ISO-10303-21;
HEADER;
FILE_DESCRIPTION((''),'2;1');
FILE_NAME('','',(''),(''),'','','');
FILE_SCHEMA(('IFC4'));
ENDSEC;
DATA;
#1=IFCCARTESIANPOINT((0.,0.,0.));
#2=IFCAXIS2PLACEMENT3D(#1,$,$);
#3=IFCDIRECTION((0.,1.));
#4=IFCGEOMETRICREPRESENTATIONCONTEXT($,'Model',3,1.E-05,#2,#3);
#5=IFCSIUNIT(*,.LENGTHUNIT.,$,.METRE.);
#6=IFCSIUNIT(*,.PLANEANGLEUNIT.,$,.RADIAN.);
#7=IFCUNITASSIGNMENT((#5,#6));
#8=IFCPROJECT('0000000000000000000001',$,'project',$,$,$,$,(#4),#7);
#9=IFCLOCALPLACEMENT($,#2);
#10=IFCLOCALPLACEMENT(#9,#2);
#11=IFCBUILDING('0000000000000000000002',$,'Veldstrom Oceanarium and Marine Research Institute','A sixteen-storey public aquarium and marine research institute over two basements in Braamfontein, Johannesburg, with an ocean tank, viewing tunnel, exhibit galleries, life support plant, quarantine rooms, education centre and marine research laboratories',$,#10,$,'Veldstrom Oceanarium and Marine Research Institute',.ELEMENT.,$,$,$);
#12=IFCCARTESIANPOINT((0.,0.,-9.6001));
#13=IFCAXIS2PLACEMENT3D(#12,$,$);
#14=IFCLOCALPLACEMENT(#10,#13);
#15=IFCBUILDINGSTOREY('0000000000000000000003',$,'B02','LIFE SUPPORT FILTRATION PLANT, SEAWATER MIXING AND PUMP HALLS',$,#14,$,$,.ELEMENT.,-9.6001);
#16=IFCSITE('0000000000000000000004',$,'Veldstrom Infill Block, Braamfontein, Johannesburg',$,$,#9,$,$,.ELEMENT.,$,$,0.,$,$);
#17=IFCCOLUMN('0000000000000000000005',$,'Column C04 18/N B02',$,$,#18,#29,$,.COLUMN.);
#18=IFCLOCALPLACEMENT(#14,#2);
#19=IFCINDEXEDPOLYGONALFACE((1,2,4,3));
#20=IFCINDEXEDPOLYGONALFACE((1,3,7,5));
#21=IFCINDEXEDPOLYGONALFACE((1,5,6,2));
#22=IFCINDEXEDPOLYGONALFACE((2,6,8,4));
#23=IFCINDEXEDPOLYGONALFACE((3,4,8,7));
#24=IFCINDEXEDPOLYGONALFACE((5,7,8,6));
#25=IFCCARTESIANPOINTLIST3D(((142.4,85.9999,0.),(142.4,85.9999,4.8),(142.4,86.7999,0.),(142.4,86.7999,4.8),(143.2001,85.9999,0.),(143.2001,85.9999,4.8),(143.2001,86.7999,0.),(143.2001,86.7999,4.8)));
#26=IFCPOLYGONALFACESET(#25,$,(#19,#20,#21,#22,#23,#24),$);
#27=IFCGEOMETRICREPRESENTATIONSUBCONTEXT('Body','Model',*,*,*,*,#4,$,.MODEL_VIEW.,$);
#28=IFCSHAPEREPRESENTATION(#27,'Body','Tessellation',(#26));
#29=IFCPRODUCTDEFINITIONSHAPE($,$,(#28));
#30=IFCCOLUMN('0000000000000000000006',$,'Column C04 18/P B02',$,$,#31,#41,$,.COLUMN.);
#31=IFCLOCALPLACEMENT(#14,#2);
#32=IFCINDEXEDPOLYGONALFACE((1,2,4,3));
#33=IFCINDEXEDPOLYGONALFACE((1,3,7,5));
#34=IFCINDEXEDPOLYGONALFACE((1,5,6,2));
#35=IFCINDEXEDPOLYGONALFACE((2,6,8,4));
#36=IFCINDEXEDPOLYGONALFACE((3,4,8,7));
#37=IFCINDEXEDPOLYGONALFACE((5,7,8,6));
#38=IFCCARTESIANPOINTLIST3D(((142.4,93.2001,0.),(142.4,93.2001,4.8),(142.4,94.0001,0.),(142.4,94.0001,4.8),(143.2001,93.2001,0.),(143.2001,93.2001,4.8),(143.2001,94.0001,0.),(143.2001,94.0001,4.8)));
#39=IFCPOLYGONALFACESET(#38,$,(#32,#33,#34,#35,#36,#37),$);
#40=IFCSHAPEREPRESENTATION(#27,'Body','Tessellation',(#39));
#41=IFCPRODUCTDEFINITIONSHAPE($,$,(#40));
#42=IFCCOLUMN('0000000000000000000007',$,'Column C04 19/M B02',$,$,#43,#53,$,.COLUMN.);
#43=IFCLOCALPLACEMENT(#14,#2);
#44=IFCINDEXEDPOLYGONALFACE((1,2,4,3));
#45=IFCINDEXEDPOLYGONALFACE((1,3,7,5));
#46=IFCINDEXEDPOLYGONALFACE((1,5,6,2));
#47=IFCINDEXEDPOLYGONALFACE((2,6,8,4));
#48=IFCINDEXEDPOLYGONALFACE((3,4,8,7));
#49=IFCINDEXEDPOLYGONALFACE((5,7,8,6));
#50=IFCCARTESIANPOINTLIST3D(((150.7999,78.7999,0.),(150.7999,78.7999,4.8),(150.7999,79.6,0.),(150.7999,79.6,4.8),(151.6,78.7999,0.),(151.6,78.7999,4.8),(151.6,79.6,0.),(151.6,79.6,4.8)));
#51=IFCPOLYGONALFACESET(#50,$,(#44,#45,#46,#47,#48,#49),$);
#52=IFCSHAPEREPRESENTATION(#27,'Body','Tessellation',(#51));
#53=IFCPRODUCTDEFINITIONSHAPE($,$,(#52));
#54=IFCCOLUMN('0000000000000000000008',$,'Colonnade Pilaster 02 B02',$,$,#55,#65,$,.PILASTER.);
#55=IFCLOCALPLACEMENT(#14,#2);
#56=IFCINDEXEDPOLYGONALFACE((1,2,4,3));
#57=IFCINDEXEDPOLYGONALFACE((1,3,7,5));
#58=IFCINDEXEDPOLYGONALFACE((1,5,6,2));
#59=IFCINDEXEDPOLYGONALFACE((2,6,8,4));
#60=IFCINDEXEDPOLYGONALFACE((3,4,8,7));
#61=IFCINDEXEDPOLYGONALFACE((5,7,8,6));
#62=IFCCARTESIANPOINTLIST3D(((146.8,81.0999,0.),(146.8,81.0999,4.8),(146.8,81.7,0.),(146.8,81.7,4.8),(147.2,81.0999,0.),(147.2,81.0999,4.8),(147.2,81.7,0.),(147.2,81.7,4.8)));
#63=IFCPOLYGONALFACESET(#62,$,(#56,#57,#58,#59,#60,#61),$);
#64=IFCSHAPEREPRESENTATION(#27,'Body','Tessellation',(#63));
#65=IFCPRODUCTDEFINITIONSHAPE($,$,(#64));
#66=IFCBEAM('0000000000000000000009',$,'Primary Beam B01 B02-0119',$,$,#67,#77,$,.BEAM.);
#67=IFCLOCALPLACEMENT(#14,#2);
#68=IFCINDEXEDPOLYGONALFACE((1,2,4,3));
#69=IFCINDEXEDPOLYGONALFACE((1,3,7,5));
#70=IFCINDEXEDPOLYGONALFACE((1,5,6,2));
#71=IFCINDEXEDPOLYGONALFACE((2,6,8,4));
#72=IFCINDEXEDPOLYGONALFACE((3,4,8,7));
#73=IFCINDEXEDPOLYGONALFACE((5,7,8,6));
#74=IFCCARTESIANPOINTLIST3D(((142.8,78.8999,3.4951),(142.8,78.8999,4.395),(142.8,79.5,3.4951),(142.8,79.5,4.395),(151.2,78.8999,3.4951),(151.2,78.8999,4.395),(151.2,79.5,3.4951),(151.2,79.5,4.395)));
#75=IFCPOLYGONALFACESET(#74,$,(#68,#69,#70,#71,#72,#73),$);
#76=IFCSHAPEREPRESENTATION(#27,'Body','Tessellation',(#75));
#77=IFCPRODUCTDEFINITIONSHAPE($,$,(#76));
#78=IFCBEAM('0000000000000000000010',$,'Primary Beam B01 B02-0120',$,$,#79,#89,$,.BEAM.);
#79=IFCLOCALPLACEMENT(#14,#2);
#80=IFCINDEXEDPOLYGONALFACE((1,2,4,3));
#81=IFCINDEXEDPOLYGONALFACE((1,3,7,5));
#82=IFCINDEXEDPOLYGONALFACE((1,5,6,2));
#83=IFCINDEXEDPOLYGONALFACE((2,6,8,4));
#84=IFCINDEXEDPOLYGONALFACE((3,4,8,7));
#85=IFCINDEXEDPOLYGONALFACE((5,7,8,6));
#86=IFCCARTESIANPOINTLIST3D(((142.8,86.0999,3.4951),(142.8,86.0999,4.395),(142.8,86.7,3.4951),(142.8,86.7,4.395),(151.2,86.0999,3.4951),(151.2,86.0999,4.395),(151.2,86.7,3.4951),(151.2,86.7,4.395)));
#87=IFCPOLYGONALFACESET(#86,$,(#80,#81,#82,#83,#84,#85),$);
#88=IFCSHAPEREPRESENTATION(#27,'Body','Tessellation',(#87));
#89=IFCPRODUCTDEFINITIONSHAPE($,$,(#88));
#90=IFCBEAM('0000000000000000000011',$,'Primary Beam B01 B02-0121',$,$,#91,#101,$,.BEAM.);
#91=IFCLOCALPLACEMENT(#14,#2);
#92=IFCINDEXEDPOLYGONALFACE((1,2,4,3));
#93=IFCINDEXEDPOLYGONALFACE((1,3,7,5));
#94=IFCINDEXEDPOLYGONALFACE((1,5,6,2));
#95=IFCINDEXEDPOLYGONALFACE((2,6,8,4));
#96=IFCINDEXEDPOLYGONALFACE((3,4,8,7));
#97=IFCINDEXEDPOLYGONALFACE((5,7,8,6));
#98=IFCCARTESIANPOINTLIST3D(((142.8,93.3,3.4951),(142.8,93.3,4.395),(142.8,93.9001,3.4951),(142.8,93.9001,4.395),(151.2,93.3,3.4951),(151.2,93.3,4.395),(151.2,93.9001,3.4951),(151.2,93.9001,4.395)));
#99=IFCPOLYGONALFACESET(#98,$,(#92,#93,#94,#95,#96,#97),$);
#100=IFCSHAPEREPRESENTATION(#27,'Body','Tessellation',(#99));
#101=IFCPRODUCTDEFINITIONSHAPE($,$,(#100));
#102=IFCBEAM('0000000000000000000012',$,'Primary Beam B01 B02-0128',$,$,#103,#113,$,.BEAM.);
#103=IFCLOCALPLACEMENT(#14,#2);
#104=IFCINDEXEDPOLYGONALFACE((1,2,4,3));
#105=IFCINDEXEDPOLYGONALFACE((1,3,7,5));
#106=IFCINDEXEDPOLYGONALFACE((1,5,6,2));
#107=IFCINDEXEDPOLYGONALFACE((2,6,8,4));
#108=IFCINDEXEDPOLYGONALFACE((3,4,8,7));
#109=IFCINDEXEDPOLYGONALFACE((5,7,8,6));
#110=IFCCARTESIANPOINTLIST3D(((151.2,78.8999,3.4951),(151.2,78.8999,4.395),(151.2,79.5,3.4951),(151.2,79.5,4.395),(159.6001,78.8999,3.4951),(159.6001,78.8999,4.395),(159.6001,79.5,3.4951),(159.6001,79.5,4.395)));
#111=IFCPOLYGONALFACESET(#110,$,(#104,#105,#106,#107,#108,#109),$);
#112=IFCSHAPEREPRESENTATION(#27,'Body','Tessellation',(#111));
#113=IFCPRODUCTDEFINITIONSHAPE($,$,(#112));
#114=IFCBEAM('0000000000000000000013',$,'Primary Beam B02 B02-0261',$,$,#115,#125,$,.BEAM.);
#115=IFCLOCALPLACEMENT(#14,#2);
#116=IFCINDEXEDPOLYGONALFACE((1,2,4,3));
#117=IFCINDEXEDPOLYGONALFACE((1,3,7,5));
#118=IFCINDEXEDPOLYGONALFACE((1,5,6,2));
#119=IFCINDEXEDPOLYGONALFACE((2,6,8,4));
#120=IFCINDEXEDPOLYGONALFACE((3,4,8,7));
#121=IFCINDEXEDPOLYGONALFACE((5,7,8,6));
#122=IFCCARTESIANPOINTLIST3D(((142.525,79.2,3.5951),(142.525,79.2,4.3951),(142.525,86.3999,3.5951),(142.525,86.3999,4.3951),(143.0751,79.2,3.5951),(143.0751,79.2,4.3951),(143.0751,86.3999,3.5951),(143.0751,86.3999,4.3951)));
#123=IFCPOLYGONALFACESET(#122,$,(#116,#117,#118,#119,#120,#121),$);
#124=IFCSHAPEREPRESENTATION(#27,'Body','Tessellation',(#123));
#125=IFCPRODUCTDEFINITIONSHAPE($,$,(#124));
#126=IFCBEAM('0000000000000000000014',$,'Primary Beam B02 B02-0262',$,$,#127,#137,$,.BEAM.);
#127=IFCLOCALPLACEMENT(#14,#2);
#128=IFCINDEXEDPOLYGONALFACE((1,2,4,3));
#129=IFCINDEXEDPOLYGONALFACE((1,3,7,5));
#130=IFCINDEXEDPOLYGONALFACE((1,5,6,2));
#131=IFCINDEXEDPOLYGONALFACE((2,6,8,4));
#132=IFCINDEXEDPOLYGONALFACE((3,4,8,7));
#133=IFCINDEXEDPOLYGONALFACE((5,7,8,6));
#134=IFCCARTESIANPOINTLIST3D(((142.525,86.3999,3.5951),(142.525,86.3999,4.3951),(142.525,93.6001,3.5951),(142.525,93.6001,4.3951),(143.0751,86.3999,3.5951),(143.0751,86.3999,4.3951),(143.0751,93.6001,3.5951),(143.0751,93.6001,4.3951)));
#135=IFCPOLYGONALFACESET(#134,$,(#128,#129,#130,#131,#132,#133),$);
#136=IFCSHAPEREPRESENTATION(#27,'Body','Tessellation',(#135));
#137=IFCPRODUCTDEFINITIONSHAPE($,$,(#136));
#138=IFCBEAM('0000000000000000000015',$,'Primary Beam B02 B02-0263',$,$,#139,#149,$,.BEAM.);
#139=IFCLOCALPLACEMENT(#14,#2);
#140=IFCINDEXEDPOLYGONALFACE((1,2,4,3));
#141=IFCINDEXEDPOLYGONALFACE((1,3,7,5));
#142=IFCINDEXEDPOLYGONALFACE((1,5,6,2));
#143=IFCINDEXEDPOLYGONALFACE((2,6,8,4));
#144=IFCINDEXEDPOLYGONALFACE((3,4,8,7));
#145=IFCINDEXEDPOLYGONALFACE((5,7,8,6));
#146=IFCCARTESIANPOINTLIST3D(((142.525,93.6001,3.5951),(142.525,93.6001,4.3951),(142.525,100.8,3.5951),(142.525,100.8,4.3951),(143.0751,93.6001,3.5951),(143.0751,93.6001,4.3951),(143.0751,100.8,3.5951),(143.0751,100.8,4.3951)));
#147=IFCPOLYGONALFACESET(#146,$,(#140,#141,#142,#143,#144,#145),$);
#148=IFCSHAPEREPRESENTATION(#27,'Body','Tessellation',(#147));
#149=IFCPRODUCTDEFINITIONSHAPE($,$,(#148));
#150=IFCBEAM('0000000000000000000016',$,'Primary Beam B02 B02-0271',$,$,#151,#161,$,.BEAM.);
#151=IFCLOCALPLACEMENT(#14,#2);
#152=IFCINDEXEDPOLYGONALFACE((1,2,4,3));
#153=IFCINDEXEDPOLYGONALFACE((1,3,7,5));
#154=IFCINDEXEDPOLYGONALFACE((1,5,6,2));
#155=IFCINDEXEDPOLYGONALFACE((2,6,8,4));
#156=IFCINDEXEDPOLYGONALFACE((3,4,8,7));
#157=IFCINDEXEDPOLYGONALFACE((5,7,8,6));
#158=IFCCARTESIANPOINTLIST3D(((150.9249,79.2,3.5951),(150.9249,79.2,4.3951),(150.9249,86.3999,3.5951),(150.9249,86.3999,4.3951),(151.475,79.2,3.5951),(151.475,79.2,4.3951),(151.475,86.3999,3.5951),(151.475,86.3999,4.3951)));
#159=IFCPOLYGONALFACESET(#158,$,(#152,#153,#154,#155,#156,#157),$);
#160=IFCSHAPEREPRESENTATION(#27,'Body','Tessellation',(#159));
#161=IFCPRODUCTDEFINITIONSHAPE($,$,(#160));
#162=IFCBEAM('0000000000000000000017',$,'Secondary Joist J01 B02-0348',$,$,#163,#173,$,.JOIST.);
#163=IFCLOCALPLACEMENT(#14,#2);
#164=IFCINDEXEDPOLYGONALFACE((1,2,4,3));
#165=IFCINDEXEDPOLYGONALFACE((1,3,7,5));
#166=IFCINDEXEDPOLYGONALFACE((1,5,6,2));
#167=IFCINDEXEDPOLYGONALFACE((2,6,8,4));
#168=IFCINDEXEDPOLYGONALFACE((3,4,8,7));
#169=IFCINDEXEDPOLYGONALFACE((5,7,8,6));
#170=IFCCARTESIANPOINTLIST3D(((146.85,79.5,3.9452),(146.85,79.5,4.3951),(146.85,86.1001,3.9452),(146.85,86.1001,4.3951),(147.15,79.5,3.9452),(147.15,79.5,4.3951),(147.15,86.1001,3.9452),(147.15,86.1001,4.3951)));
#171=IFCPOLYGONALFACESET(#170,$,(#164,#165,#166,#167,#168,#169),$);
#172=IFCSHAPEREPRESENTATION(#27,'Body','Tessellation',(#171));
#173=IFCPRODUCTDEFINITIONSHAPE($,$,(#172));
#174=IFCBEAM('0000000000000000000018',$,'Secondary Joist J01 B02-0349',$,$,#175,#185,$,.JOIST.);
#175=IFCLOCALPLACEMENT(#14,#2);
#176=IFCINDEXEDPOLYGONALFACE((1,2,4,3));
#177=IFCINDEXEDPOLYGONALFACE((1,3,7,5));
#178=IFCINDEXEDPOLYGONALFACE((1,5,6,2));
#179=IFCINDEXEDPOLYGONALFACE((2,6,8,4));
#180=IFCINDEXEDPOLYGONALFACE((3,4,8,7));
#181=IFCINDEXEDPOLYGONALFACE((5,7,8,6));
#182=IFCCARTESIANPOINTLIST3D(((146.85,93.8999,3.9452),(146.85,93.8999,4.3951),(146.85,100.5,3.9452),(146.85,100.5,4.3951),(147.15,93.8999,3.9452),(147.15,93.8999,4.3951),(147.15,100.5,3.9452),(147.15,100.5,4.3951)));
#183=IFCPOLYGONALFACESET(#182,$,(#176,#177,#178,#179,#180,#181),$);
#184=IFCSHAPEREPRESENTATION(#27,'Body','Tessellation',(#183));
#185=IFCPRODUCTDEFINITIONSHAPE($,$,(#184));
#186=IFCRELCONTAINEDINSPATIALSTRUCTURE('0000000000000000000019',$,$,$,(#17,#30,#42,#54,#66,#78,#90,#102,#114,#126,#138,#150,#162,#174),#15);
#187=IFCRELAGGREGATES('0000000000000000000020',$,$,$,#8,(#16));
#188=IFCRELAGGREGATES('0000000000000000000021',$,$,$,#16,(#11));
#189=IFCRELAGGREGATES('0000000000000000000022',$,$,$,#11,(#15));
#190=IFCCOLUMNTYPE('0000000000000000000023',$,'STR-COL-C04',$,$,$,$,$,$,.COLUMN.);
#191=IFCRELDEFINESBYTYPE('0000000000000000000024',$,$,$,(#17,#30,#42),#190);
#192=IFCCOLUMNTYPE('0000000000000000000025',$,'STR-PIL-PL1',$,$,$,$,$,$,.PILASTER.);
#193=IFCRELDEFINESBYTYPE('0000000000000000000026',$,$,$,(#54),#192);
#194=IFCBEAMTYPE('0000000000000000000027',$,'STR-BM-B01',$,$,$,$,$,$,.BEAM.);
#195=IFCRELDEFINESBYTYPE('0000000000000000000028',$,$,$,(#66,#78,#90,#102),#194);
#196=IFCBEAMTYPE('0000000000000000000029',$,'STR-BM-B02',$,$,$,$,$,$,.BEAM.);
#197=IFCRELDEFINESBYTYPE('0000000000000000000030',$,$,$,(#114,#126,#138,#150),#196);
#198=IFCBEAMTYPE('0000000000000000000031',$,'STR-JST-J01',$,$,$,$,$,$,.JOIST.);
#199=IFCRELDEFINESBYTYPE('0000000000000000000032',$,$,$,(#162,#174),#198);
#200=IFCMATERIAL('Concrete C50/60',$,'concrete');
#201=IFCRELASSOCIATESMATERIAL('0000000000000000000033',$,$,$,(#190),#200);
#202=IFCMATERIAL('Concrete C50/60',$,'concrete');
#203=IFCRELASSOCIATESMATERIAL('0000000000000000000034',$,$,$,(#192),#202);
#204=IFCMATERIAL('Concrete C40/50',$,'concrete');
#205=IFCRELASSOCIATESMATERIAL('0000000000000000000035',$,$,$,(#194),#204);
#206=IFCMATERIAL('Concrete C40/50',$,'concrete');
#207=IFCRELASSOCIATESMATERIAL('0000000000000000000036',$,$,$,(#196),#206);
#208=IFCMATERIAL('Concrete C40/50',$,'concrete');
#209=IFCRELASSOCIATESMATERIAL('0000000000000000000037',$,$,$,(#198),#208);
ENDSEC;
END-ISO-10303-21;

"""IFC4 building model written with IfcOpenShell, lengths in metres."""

from ifc_helpers import new_model, si_unit, direction, frame, origin, origin_2d, place, context, subcontext, project, spatial, rectangle, extrude, material, material_profile, profile_set, type_object, element, save


model = new_model("IFC4")

# Units and contexts
model_context = context("Model", 3, precision=1e-05, world=origin(), true_north=direction((0.0, 1.0)))
body_context = subcontext(model_context, "Body", "Model", "MODEL_VIEW")
ifc_project = project(units=[si_unit("LENGTHUNIT", "METRE"), si_unit("PLANEANGLEUNIT", "RADIAN")], contexts=[model_context])

# Site, building, storey
site_placement = place(None, origin())
site = spatial("IfcSite", under=ifc_project, at=site_placement, Name="Veldstrom Infill Block, Braamfontein, Johannesburg", CompositionType="ELEMENT", RefElevation=0.0)
building_placement = place(site_placement, origin())
building = spatial("IfcBuilding", under=site, at=building_placement, Name="Veldstrom Oceanarium and Marine Research Institute", Description="A sixteen-storey public aquarium and marine research institute over two basements in Braamfontein, Johannesburg, with an ocean tank, viewing tunnel, exhibit galleries, life support plant, quarantine rooms, education centre and marine research laboratories", LongName="Veldstrom Oceanarium and Marine Research Institute", CompositionType="ELEMENT")
storey_placement = place(building_placement, frame((0.0, 0.0, -9.6001)))
storey = spatial("IfcBuildingStorey", under=building, at=storey_placement, Name="B02", Description="LIFE SUPPORT FILTRATION PLANT, SEAWATER MIXING AND PUMP HALLS", CompositionType="ELEMENT", Elevation=-9.6001)

# Columns
ifc_material_1 = material(Name="Concrete C50/60", Category="concrete")
ifc_material_profile_1 = material_profile(ifc_material_1, rectangle(XDim=0.8, YDim=0.8, at=origin_2d()), Name="RC-COL-800x800")
ifc_profile_set_1 = profile_set([ifc_material_profile_1], Name="Concrete C50/60")
column_type_1 = type_object("IfcColumnType", Name="STR-COL-C04", PredefinedType="COLUMN", material=ifc_profile_set_1)
for number, where, z_axis, x_axis, name in (
    (1, (142.8, 86.3999, 0.0), (0.0, 0.0, 1.0), (1.0, 0.0, 0.0), "Column C04 18/N B02"),
    (2, (142.8, 93.6001, 0.0), (0.0, 0.0, 1.0), (1.0, 0.0, 0.0), "Column C04 18/P B02"),
    (3, (151.2, 79.2, 0.0), (0.0, 0.0, 1.0), (1.0, 0.0, 0.0), "Column C04 19/M B02"),
):
    element("IfcColumn", number, at=place(storey_placement, frame(where, z_axis=z_axis, x_axis=x_axis)), inside=storey, type_object=column_type_1, Name=name, PredefinedType="COLUMN", context=body_context, shape_type="SweptSolid", body=[
        extrude(rectangle(XDim=0.8, YDim=0.8, at=origin_2d()), origin(), (0.0, 0.0, 1.0), 4.8),
    ])
ifc_material_2 = material(Name="Concrete C50/60", Category="concrete")
ifc_material_profile_2 = material_profile(ifc_material_2, rectangle(XDim=0.3999, YDim=0.6001, at=origin_2d()), Name="RC-PIL-600x400")
ifc_profile_set_2 = profile_set([ifc_material_profile_2], Name="Concrete C50/60")
column_type_2 = type_object("IfcColumnType", Name="STR-PIL-PL1", PredefinedType="PILASTER", material=ifc_profile_set_2)
column_placement = place(storey_placement, frame((147.0, 81.3999, 0.0), z_axis=(0.0, 0.0, 1.0), x_axis=(1.0, 0.0, 0.0)))
element("IfcColumn", 4, at=column_placement, inside=storey, type_object=column_type_2, Name="Colonnade Pilaster 02 B02", PredefinedType="PILASTER", context=body_context, shape_type="SweptSolid", body=[
    extrude(rectangle(XDim=0.3999, YDim=0.6001, at=origin_2d()), origin(), (0.0, 0.0, 1.0), 4.8),
])

# Beams
ifc_material_3 = material(Name="Concrete C40/50", Category="concrete")
ifc_material_profile_3 = material_profile(ifc_material_3, rectangle(XDim=0.6001, YDim=0.8999, at=origin_2d()), Name="RC-BM-600x900")
ifc_profile_set_3 = profile_set([ifc_material_profile_3], Name="Concrete C40/50")
beam_type_1 = type_object("IfcBeamType", Name="STR-BM-B01", PredefinedType="BEAM", material=ifc_profile_set_3)
for number, where, z_axis, x_axis, name in (
    (5, (142.8, 79.2, 3.9451), (1.0, 0.0, 0.0), (0.0, 1.0, 0.0), "Primary Beam B01 B02-0119"),
    (6, (142.8, 86.3999, 3.9451), (1.0, 0.0, 0.0), (0.0, 1.0, 0.0), "Primary Beam B01 B02-0120"),
    (7, (142.8, 93.6001, 3.9451), (1.0, 0.0, 0.0), (0.0, 1.0, 0.0), "Primary Beam B01 B02-0121"),
):
    element("IfcBeam", number, at=place(storey_placement, frame(where, z_axis=z_axis, x_axis=x_axis)), inside=storey, type_object=beam_type_1, Name=name, PredefinedType="BEAM", context=body_context, shape_type="SweptSolid", body=[
        extrude(rectangle(XDim=0.6001, YDim=0.8999, at=origin_2d()), origin(), (0.0, 0.0, 1.0), 8.3999),
    ])
beam_1_placement = place(storey_placement, frame((151.2, 79.2, 3.9451), z_axis=(1.0, 0.0, 0.0), x_axis=(0.0, 1.0, 0.0)))
element("IfcBeam", 8, at=beam_1_placement, inside=storey, type_object=beam_type_1, Name="Primary Beam B01 B02-0128", PredefinedType="BEAM", context=body_context, shape_type="SweptSolid", body=[
    extrude(rectangle(XDim=0.6001, YDim=0.8999, at=origin_2d()), origin(), (0.0, 0.0, 1.0), 8.4001),
])
ifc_material_4 = material(Name="Concrete C40/50", Category="concrete")
ifc_material_profile_4 = material_profile(ifc_material_4, rectangle(XDim=0.55, YDim=0.8, at=origin_2d()), Name="RC-BM-550x800")
ifc_profile_set_4 = profile_set([ifc_material_profile_4], Name="Concrete C40/50")
beam_type_2 = type_object("IfcBeamType", Name="STR-BM-B02", PredefinedType="BEAM", material=ifc_profile_set_4)
beam_2_placement = place(storey_placement, frame((142.8, 79.2, 3.9951), z_axis=(0.0, 1.0, 0.0), x_axis=(-1.0, 0.0, 0.0)))
element("IfcBeam", 9, at=beam_2_placement, inside=storey, type_object=beam_type_2, Name="Primary Beam B02 B02-0261", PredefinedType="BEAM", context=body_context, shape_type="SweptSolid", body=[
    extrude(rectangle(XDim=0.55, YDim=0.8, at=origin_2d()), origin(), (0.0, 0.0, 1.0), 7.2),
])
beam_3_placement = place(storey_placement, frame((142.8, 86.3999, 3.9951), z_axis=(0.0, 1.0, 0.0), x_axis=(-1.0, 0.0, 0.0)))
element("IfcBeam", 10, at=beam_3_placement, inside=storey, type_object=beam_type_2, Name="Primary Beam B02 B02-0262", PredefinedType="BEAM", context=body_context, shape_type="SweptSolid", body=[
    extrude(rectangle(XDim=0.55, YDim=0.8, at=origin_2d()), origin(), (0.0, 0.0, 1.0), 7.2002),
])
for number, where, z_axis, x_axis, name in (
    (11, (142.8, 93.6001, 3.9951), (0.0, 1.0, 0.0), (-1.0, 0.0, 0.0), "Primary Beam B02 B02-0263"),
    (12, (151.2, 79.2, 3.9951), (0.0, 1.0, 0.0), (-1.0, 0.0, 0.0), "Primary Beam B02 B02-0271"),
):
    element("IfcBeam", number, at=place(storey_placement, frame(where, z_axis=z_axis, x_axis=x_axis)), inside=storey, type_object=beam_type_2, Name=name, PredefinedType="BEAM", context=body_context, shape_type="SweptSolid", body=[
        extrude(rectangle(XDim=0.55, YDim=0.8, at=origin_2d()), origin(), (0.0, 0.0, 1.0), 7.2),
    ])
ifc_material_5 = material(Name="Concrete C40/50", Category="concrete")
ifc_material_profile_5 = material_profile(ifc_material_5, rectangle(XDim=0.3, YDim=0.45, at=origin_2d()), Name="RC-JST-300x450")
ifc_profile_set_5 = profile_set([ifc_material_profile_5], Name="Concrete C40/50")
beam_type_3 = type_object("IfcBeamType", Name="STR-JST-J01", PredefinedType="JOIST", material=ifc_profile_set_5)
for number, where, z_axis, x_axis, name in (
    (13, (147.0, 79.5, 4.1702), (0.0, 1.0, 0.0), (-1.0, 0.0, 0.0), "Secondary Joist J01 B02-0348"),
    (14, (147.0, 93.8999, 4.1702), (0.0, 1.0, 0.0), (-1.0, 0.0, 0.0), "Secondary Joist J01 B02-0349"),
):
    element("IfcBeam", number, at=place(storey_placement, frame(where, z_axis=z_axis, x_axis=x_axis)), inside=storey, type_object=beam_type_3, Name=name, PredefinedType="JOIST", context=body_context, shape_type="SweptSolid", body=[
        extrude(rectangle(XDim=0.3, YDim=0.45, at=origin_2d()), origin(), (0.0, 0.0, 1.0), 6.6001),
    ])

save(model, "model.ifc")
